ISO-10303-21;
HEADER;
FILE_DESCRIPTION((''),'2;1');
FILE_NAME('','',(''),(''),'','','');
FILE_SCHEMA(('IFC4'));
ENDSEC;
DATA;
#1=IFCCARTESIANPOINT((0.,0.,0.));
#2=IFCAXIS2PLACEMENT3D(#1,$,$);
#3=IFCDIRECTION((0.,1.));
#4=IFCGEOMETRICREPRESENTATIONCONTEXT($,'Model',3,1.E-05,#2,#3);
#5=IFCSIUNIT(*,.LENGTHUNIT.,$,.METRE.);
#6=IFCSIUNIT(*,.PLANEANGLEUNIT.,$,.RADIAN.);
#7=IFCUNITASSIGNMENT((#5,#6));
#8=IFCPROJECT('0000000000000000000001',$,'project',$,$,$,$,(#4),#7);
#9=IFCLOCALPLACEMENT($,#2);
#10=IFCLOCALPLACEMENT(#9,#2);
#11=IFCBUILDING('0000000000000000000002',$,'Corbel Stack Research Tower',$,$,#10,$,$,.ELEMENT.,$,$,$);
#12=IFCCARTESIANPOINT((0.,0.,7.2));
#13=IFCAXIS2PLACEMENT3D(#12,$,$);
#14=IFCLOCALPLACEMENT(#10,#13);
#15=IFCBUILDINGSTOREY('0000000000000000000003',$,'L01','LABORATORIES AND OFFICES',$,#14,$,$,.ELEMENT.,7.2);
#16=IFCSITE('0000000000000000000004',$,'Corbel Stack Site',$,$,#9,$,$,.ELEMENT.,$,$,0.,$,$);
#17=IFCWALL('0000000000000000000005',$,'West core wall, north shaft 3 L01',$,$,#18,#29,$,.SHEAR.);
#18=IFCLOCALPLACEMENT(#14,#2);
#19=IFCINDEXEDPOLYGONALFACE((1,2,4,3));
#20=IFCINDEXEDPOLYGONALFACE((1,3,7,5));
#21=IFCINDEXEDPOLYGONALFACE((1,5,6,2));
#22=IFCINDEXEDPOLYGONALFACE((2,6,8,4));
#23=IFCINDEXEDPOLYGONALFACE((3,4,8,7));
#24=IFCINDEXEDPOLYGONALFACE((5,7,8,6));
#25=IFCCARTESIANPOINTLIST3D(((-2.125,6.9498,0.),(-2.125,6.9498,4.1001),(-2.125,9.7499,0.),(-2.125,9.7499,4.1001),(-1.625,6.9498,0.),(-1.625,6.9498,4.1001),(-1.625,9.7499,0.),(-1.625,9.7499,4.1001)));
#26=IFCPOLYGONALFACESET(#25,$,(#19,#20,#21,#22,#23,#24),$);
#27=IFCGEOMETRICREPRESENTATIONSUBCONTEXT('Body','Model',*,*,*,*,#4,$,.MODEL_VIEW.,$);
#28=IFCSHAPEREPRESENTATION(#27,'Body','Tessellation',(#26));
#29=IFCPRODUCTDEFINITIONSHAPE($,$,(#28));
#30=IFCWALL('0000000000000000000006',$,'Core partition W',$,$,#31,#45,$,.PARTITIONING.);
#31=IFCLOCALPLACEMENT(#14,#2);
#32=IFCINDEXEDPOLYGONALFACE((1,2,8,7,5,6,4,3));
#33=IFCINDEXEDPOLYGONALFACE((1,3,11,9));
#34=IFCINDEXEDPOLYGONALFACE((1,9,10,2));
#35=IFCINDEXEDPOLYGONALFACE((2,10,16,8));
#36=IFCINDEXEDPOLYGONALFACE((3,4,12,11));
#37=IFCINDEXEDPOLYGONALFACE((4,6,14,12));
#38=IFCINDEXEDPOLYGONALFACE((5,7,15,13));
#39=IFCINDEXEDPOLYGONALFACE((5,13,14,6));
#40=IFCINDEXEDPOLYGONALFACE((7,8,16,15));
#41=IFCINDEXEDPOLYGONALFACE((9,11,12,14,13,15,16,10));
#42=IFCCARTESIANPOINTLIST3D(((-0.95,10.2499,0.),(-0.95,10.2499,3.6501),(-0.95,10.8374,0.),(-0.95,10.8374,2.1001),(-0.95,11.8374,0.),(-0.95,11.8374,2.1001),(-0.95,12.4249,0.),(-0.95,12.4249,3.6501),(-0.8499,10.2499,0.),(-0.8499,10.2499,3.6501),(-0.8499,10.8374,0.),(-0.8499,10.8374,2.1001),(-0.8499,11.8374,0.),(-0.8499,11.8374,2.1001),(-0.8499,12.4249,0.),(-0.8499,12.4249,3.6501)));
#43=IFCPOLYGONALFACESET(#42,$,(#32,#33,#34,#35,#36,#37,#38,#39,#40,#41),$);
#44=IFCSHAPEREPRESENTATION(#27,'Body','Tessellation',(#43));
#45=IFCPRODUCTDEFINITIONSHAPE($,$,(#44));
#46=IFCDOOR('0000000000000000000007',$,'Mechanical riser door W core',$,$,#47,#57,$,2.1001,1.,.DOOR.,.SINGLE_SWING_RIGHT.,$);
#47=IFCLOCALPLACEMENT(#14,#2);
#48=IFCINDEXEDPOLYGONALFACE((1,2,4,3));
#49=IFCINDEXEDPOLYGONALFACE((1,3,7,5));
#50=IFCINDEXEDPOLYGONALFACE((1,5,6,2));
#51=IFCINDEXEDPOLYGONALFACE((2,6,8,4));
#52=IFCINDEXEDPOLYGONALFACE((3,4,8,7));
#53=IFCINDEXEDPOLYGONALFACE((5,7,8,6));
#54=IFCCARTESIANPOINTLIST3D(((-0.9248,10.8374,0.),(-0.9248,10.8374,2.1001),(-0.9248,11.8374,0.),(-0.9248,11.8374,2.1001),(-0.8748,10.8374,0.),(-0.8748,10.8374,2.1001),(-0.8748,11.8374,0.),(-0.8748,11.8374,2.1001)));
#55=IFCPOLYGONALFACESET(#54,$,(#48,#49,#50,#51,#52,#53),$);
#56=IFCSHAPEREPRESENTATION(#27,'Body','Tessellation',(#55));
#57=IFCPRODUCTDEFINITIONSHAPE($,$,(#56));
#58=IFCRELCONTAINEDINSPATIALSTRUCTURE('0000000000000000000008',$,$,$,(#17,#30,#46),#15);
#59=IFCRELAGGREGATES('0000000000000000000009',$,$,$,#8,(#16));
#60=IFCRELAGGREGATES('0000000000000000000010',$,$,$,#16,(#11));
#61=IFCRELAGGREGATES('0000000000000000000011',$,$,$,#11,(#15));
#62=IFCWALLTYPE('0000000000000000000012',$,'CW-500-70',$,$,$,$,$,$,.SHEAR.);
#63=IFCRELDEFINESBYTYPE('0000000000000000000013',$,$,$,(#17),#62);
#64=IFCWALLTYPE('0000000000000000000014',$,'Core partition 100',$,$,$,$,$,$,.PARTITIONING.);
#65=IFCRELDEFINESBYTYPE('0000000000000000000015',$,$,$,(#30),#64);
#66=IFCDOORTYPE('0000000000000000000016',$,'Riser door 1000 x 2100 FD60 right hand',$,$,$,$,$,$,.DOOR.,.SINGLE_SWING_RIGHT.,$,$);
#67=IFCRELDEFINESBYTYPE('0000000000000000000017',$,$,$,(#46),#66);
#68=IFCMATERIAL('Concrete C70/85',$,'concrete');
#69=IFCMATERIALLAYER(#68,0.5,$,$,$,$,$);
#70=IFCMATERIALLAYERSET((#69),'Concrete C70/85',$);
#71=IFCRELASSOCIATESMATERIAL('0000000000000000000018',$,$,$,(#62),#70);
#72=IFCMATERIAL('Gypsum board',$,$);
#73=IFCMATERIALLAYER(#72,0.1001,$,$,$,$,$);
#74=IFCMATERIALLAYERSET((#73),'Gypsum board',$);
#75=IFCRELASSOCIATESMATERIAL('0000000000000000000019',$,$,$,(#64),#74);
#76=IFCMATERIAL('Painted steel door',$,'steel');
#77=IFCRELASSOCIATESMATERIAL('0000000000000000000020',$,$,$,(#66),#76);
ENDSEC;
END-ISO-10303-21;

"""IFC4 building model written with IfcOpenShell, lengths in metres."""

from ifc_helpers import new_model, si_unit, direction, frame, frame_2d, origin, place, context, subcontext, project, spatial, rectangle, extrude, material, layer, layer_set, type_object, element, fill, save


model = new_model("IFC4")

# Units and contexts
model_context = context("Model", 3, precision=1e-05, world=origin(), true_north=direction((0.0, 1.0)))
body_context = subcontext(model_context, "Body", "Model", "MODEL_VIEW")
ifc_project = project(units=[si_unit("LENGTHUNIT", "METRE"), si_unit("PLANEANGLEUNIT", "RADIAN")], contexts=[model_context])

# Site, building, storey
site_placement = place(None, origin())
site = spatial("IfcSite", under=ifc_project, at=site_placement, Name="Corbel Stack Site", CompositionType="ELEMENT", RefElevation=0.0)
building_placement = place(site_placement, origin())
building = spatial("IfcBuilding", under=site, at=building_placement, Name="Corbel Stack Research Tower", CompositionType="ELEMENT")
storey_placement = place(building_placement, frame((0.0, 0.0, 7.2)))
storey = spatial("IfcBuildingStorey", under=building, at=storey_placement, Name="L01", Description="LABORATORIES AND OFFICES", CompositionType="ELEMENT", Elevation=7.2)

# Wall
ifc_material_1 = material(Name="Concrete C70/85", Category="concrete")
ifc_layer_1 = layer(ifc_material_1, 0.5)
ifc_layer_set_1 = layer_set([ifc_layer_1], Name="Concrete C70/85")
wall_type_1 = type_object("IfcWallType", Name="CW-500-70", PredefinedType="SHEAR", material=ifc_layer_set_1)
wall_1_placement = place(storey_placement, frame((-1.875, 6.95, 0.0), z_axis=(0.0, 0.0, 1.0), x_axis=(0.0, 1.0, 0.0)))
element("IfcWall", 1, at=wall_1_placement, inside=storey, type_object=wall_type_1, Name="West core wall, north shaft 3 L01", PredefinedType="SHEAR", context=body_context, shape_type="SweptSolid", body=[
    extrude(rectangle(XDim=2.8, YDim=0.5, at=frame_2d((1.3999, 0.0))), origin(), (0.0, 0.0, 1.0), 4.1001),
])

# Wall, opening, door
ifc_material_2 = material(Name="Gypsum board")
ifc_layer_2 = layer(ifc_material_2, 0.1001)
ifc_layer_set_2 = layer_set([ifc_layer_2], Name="Gypsum board")
wall_type_2 = type_object("IfcWallType", Name="Core partition 100", PredefinedType="PARTITIONING", material=ifc_layer_set_2)
wall_2_placement = place(storey_placement, frame((-0.8999, 10.25, 0.0), z_axis=(0.0, 0.0, 1.0), x_axis=(0.0, 1.0, 0.0)))
wall_2 = element("IfcWall", 2, at=wall_2_placement, inside=storey, type_object=wall_type_2, Name="Core partition W", PredefinedType="PARTITIONING", context=body_context, shape_type="SweptSolid", body=[
    extrude(rectangle(XDim=2.175, YDim=0.1001, at=frame_2d((1.0874, 0.0))), origin(), (0.0, 0.0, 1.0), 3.6501),
])
opening_placement = place(wall_2_placement, frame((0.5874, 0.0, 0.0)))
opening = element("IfcOpeningElement", 3, at=opening_placement, cuts=wall_2, PredefinedType="OPENING", context=body_context, shape_type="SweptSolid", body=[
    extrude(rectangle(XDim=1.0, YDim=2.1001, at=frame_2d((0.5, 1.05))), frame((0.0, 0.0601, 0.0), z_axis=(0.0, -1.0, 0.0), x_axis=(1.0, 0.0, 0.0)), (0.0, 0.0, 1.0), 0.1201),
])
ifc_material_3 = material(Name="Painted steel door", Category="steel")
door_type = type_object("IfcDoorType", Name="Riser door 1000 x 2100 FD60 right hand", OperationType="SINGLE_SWING_RIGHT", PredefinedType="DOOR", material=ifc_material_3)
door_placement = place(opening_placement, origin())
door = element("IfcDoor", 4, at=door_placement, inside=storey, type_object=door_type, Name="Mechanical riser door W core", OperationType="SINGLE_SWING_RIGHT", OverallHeight=2.1001, OverallWidth=1.0, PredefinedType="DOOR", context=body_context, shape_type="SweptSolid", body=[
    extrude(rectangle(XDim=1.0, YDim=2.1001, at=frame_2d((0.5, 1.05))), frame((0.0, 0.0249, 0.0), z_axis=(0.0, -1.0, 0.0), x_axis=(1.0, 0.0, 0.0)), (0.0, 0.0, 1.0), 0.05),
])
fill(opening, door)

save(model, "model.ifc")
